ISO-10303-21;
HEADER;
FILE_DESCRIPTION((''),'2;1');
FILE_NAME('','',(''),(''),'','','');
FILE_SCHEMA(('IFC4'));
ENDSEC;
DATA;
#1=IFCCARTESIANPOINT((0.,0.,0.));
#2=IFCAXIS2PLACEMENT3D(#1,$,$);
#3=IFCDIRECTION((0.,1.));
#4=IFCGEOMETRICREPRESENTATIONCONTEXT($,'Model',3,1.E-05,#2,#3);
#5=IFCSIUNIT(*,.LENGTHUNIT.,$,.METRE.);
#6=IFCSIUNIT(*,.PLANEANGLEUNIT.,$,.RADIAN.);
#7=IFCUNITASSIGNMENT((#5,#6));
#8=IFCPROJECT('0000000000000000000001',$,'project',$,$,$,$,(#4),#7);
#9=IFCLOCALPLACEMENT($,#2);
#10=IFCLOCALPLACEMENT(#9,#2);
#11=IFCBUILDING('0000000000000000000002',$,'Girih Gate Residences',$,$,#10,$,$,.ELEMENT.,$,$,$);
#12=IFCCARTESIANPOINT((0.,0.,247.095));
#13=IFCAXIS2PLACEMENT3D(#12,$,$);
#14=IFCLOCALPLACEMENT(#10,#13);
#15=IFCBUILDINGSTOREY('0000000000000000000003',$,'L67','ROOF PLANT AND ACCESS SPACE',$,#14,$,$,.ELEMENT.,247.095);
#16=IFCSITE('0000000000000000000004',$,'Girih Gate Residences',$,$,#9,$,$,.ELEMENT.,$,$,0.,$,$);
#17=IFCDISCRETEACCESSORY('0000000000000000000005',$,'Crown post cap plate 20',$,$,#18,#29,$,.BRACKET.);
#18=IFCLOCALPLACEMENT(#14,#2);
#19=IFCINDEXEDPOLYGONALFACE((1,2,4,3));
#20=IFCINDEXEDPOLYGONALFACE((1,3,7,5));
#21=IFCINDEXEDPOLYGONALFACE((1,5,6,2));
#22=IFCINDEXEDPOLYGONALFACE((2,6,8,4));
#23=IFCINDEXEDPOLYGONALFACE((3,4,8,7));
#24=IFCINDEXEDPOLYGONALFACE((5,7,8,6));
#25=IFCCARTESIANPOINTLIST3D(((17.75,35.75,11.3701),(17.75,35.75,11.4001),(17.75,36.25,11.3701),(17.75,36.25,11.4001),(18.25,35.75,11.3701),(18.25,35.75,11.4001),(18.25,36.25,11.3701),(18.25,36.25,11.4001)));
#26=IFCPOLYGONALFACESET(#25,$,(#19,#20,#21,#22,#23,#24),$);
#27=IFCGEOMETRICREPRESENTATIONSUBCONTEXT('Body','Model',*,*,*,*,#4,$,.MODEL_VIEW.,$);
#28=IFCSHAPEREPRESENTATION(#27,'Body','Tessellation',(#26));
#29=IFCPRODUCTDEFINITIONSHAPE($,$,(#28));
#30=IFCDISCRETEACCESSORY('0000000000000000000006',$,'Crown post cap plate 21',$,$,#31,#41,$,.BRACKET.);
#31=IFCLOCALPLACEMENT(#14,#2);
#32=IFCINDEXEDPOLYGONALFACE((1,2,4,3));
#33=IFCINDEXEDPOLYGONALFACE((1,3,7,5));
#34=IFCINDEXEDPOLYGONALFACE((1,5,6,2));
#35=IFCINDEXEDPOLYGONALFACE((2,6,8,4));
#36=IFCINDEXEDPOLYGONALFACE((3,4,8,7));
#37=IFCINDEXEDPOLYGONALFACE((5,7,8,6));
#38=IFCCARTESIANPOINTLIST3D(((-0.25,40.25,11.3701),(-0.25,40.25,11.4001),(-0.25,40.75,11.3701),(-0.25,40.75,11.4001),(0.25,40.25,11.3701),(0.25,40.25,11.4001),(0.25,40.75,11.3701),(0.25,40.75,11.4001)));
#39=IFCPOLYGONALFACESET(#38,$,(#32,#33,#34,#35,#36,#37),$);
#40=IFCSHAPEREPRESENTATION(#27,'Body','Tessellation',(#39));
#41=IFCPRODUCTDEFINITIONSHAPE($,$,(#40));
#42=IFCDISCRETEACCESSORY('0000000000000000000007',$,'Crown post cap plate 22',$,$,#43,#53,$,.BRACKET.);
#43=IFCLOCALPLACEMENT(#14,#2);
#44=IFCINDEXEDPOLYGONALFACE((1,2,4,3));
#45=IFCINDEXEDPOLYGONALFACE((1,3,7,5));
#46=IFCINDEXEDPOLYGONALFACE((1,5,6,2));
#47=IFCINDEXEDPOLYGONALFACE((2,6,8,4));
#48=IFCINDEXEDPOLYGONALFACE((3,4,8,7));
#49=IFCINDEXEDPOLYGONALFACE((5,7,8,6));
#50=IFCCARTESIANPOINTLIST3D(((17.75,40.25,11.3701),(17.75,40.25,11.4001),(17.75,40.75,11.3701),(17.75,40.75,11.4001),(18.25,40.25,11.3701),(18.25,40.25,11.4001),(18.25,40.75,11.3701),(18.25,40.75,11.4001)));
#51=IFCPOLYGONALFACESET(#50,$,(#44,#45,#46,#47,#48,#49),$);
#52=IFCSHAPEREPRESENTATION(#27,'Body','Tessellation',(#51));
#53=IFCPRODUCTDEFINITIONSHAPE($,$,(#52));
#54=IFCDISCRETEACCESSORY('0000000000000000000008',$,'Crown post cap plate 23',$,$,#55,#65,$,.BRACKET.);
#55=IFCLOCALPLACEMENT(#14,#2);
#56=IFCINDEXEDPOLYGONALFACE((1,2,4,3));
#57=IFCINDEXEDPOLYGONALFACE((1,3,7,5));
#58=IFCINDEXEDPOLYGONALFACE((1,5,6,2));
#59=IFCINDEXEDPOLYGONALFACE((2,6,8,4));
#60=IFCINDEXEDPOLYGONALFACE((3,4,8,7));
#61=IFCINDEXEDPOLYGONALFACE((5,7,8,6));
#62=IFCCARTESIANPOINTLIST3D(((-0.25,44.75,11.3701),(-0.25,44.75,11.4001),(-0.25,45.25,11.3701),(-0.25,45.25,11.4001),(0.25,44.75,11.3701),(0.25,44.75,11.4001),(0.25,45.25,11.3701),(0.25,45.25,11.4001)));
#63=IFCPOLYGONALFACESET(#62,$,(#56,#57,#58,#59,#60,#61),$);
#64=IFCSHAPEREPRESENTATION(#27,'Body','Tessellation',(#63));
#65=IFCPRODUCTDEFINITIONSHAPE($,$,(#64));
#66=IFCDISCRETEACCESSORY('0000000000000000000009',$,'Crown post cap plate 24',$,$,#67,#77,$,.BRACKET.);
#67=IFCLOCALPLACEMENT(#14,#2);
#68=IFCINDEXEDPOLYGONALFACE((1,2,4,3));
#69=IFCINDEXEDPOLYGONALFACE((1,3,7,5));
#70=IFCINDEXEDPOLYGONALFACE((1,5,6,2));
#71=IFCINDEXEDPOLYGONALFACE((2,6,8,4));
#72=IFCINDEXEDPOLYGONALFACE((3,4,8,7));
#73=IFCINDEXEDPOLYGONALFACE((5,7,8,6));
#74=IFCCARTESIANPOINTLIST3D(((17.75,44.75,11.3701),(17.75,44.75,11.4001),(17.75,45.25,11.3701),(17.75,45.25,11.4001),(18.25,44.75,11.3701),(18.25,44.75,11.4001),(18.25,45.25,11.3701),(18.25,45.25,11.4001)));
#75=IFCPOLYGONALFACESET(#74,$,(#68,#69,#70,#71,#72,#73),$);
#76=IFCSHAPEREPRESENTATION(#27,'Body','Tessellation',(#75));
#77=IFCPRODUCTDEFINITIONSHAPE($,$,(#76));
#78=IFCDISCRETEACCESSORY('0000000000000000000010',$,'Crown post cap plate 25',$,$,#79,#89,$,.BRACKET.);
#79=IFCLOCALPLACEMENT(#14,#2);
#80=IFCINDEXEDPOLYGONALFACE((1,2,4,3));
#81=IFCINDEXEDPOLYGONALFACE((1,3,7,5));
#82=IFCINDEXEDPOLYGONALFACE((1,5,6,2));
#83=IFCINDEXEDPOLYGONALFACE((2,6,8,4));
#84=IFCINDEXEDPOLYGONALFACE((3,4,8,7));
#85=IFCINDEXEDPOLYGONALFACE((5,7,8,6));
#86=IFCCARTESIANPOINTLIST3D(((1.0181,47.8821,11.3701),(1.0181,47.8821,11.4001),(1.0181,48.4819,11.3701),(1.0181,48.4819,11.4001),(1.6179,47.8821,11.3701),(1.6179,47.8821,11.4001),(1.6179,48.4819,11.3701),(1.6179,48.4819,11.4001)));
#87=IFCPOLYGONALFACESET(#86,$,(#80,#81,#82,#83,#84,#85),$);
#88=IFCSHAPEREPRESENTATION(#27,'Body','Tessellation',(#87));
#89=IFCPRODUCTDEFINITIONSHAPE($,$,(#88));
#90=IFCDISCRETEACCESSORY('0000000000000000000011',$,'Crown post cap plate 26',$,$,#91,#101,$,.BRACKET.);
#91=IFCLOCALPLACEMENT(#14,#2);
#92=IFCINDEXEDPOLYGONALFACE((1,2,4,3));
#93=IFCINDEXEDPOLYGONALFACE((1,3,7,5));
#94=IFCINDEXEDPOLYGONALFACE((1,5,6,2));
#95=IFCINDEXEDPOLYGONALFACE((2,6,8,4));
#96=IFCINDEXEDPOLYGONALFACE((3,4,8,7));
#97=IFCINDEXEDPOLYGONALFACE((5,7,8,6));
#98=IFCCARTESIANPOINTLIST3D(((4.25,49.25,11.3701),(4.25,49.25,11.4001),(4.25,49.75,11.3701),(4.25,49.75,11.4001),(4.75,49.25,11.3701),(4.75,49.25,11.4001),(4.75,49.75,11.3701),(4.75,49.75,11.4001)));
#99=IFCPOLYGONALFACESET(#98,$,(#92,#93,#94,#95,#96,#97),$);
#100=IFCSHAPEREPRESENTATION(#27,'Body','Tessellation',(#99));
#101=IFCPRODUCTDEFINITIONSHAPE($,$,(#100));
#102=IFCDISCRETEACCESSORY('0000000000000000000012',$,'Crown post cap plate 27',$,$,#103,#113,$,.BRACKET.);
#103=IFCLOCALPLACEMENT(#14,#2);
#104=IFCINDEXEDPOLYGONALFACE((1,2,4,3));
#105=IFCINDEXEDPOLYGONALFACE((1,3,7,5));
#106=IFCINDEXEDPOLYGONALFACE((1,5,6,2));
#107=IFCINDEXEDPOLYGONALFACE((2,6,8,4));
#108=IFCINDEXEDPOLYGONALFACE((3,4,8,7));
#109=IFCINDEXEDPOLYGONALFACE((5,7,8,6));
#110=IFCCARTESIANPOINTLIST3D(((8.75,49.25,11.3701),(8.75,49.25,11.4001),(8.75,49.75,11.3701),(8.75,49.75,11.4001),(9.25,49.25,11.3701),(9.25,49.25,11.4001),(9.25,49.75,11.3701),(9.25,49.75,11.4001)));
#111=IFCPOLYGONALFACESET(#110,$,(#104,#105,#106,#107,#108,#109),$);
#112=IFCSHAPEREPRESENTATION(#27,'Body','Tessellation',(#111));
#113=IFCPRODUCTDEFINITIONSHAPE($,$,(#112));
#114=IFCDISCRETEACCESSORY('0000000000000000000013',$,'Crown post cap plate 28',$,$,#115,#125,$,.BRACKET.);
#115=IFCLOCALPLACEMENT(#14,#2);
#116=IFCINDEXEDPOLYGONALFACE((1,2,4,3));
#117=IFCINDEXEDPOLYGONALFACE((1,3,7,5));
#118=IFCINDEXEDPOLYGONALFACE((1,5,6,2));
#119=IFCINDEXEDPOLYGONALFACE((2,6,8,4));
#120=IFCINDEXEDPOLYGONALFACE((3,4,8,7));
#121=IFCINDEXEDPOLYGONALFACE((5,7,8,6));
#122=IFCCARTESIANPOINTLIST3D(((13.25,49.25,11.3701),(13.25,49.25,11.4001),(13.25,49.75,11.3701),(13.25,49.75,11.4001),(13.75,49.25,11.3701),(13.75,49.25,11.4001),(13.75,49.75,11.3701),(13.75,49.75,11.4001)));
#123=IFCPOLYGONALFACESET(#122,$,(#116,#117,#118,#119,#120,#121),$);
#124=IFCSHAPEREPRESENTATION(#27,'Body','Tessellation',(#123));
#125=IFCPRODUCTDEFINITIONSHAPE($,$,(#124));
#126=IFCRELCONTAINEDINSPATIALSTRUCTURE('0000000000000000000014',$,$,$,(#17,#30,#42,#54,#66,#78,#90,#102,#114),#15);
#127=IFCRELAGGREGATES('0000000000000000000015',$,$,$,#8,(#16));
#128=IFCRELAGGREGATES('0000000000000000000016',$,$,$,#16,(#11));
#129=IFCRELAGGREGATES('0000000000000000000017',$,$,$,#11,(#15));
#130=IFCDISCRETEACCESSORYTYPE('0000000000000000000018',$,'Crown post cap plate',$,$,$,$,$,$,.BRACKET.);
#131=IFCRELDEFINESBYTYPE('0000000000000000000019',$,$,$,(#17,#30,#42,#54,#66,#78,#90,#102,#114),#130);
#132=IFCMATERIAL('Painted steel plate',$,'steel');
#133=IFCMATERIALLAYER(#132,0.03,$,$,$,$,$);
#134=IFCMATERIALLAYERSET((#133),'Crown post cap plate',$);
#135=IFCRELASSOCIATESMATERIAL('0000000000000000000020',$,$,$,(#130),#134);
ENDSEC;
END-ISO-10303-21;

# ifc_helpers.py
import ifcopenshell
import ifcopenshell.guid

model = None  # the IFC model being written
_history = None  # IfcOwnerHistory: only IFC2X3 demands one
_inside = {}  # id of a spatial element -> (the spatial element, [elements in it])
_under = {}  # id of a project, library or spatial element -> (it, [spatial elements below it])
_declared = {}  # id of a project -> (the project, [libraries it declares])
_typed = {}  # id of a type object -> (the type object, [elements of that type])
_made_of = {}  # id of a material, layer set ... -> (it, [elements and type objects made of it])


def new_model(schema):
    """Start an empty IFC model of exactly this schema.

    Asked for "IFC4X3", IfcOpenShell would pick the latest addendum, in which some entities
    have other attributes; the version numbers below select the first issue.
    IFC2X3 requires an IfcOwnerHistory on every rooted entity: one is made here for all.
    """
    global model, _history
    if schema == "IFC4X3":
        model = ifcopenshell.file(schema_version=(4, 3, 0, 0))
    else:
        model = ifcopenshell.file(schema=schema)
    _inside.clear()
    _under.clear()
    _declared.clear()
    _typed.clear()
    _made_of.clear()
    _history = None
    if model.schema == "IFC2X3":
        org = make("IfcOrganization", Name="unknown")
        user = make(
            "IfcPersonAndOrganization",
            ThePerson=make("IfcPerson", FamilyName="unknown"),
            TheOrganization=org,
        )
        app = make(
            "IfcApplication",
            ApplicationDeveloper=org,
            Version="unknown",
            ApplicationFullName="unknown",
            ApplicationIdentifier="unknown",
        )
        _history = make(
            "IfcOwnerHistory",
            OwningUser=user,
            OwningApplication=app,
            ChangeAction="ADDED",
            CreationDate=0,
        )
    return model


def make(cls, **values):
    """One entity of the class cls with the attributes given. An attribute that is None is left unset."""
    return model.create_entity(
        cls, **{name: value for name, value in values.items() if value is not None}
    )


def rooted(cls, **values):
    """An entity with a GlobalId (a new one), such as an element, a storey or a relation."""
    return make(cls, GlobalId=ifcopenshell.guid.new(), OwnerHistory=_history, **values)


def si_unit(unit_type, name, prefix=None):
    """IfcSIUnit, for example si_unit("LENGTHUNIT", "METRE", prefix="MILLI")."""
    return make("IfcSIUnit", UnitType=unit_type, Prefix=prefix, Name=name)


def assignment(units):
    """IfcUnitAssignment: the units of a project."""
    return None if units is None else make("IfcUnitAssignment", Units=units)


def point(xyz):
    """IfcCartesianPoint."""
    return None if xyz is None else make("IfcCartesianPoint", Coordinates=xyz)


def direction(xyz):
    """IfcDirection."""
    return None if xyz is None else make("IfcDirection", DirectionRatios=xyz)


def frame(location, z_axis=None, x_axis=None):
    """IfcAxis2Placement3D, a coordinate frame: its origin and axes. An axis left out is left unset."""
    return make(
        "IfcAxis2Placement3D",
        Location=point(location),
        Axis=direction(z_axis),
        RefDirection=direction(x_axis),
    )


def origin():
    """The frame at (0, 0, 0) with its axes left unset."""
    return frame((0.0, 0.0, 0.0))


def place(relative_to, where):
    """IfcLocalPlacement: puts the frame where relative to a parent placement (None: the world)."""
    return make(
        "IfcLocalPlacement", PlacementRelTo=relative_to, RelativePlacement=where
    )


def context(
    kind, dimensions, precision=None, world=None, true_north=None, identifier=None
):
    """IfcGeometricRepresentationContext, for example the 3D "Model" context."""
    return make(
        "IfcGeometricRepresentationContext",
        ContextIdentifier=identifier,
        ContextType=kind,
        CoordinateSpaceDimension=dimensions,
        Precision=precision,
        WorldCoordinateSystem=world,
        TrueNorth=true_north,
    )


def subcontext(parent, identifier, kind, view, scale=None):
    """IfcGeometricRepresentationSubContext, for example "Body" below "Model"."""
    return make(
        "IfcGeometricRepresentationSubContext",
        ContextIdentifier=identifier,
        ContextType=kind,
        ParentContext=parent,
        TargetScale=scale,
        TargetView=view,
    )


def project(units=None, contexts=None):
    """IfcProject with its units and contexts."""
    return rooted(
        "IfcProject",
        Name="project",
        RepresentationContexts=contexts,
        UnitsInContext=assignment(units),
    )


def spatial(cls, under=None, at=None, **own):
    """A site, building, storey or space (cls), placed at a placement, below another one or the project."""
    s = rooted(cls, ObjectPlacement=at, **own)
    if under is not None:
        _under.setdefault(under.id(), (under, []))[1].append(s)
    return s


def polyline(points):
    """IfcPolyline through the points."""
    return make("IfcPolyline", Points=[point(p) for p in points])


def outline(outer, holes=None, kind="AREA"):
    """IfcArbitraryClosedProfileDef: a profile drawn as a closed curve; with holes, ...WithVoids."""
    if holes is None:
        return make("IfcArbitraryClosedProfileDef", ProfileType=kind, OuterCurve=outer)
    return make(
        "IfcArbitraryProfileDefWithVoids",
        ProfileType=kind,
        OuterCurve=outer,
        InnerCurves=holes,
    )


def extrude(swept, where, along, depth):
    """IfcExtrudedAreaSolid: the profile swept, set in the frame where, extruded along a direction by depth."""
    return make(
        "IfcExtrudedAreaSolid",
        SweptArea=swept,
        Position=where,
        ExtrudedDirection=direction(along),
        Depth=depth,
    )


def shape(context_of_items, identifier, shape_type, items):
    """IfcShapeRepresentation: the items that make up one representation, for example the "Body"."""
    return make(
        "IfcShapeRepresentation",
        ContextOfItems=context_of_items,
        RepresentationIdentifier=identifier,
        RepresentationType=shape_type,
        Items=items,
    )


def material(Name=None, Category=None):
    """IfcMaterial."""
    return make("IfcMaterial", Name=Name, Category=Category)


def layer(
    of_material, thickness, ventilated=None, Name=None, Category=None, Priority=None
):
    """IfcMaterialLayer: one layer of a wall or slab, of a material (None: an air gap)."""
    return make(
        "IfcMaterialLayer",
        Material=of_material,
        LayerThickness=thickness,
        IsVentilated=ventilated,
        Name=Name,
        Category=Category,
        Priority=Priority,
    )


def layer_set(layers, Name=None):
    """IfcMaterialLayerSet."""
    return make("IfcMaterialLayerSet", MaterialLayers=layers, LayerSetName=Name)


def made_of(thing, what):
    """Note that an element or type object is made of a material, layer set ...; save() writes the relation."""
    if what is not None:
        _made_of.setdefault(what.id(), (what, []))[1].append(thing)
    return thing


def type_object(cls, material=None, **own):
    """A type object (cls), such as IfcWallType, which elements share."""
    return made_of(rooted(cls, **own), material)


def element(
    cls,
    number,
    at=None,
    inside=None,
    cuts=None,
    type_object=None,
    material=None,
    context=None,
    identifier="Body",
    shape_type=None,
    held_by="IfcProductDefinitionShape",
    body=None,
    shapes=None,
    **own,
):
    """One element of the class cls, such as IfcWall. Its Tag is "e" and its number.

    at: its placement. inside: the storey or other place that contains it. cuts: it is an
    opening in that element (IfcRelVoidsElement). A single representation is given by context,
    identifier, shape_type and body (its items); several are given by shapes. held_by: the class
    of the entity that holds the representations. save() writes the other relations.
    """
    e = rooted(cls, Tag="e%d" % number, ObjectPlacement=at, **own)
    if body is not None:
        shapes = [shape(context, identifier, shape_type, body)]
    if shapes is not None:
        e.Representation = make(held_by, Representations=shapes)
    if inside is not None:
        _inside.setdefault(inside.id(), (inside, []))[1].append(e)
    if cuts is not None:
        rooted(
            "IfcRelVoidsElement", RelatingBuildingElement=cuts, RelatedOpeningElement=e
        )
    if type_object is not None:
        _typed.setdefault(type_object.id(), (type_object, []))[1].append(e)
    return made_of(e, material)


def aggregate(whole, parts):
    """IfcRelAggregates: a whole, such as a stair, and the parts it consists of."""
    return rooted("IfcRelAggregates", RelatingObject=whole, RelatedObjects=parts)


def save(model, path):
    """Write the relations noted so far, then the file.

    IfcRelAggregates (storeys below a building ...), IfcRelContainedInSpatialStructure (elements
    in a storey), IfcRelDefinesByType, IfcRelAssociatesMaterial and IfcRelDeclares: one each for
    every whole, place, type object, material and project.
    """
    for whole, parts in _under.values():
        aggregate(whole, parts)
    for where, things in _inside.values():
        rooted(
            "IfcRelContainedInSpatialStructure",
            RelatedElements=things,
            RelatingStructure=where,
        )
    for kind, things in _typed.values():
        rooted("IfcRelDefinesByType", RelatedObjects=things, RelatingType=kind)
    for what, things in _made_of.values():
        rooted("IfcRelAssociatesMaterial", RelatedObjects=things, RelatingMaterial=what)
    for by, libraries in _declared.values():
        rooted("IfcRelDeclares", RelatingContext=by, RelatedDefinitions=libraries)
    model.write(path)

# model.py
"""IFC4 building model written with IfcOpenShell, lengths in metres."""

from ifc_helpers import new_model, si_unit, direction, frame, origin, place, context, subcontext, project, spatial, polyline, outline, extrude, material, layer, layer_set, type_object, element, save


model = new_model("IFC4")

# Units and contexts
model_context = context("Model", 3, precision=1e-05, world=origin(), true_north=direction((0.0, 1.0)))
body_context = subcontext(model_context, "Body", "Model", "MODEL_VIEW")
ifc_project = project(units=[si_unit("LENGTHUNIT", "METRE"), si_unit("PLANEANGLEUNIT", "RADIAN")], contexts=[model_context])

# Site, building, storey
site_placement = place(None, origin())
site = spatial("IfcSite", under=ifc_project, at=site_placement, Name="Girih Gate Residences", CompositionType="ELEMENT", RefElevation=0.0)
building_placement = place(site_placement, origin())
building = spatial("IfcBuilding", under=site, at=building_placement, Name="Girih Gate Residences", CompositionType="ELEMENT")
storey_placement = place(building_placement, frame((0.0, 0.0, 247.095)))
storey = spatial("IfcBuildingStorey", under=building, at=storey_placement, Name="L67", Description="ROOF PLANT AND ACCESS SPACE", CompositionType="ELEMENT", Elevation=247.095)

# Discrete accessories
ifc_material = material(Name="Painted steel plate", Category="steel")
ifc_layer = layer(ifc_material, 0.03)
ifc_layer_set = layer_set([ifc_layer], Name="Crown post cap plate")
discrete_accessory_type = type_object("IfcDiscreteAccessoryType", Name="Crown post cap plate", PredefinedType="BRACKET", material=ifc_layer_set)
discrete_accessory_1_placement = place(storey_placement, frame((0.0, 0.0, 11.3701)))
element("IfcDiscreteAccessory", 1, at=discrete_accessory_1_placement, inside=storey, type_object=discrete_accessory_type, Name="Crown post cap plate 20", PredefinedType="BRACKET", context=body_context, shape_type="SweptSolid", body=[
    extrude(outline(polyline([(17.75, 35.75), (18.25, 35.75), (18.25, 36.25), (17.75, 36.25), (17.75, 35.75)])), origin(), (0.0, 0.0, 1.0), 0.03),
])
discrete_accessory_2_placement = place(storey_placement, frame((0.0, 0.0, 11.3701)))
element("IfcDiscreteAccessory", 2, at=discrete_accessory_2_placement, inside=storey, type_object=discrete_accessory_type, Name="Crown post cap plate 21", PredefinedType="BRACKET", context=body_context, shape_type="SweptSolid", body=[
    extrude(outline(polyline([(-0.25, 40.25), (0.25, 40.25), (0.25, 40.75), (-0.25, 40.75), (-0.25, 40.25)])), origin(), (0.0, 0.0, 1.0), 0.03),
])
discrete_accessory_3_placement = place(storey_placement, frame((0.0, 0.0, 11.3701)))
element("IfcDiscreteAccessory", 3, at=discrete_accessory_3_placement, inside=storey, type_object=discrete_accessory_type, Name="Crown post cap plate 22", PredefinedType="BRACKET", context=body_context, shape_type="SweptSolid", body=[
    extrude(outline(polyline([(17.75, 40.25), (18.25, 40.25), (18.25, 40.75), (17.75, 40.75), (17.75, 40.25)])), origin(), (0.0, 0.0, 1.0), 0.03),
])
discrete_accessory_4_placement = place(storey_placement, frame((0.0, 0.0, 11.3701)))
element("IfcDiscreteAccessory", 4, at=discrete_accessory_4_placement, inside=storey, type_object=discrete_accessory_type, Name="Crown post cap plate 23", PredefinedType="BRACKET", context=body_context, shape_type="SweptSolid", body=[
    extrude(outline(polyline([(-0.25, 44.75), (0.25, 44.75), (0.25, 45.25), (-0.25, 45.25), (-0.25, 44.75)])), origin(), (0.0, 0.0, 1.0), 0.03),
])
discrete_accessory_5_placement = place(storey_placement, frame((0.0, 0.0, 11.3701)))
element("IfcDiscreteAccessory", 5, at=discrete_accessory_5_placement, inside=storey, type_object=discrete_accessory_type, Name="Crown post cap plate 24", PredefinedType="BRACKET", context=body_context, shape_type="SweptSolid", body=[
    extrude(outline(polyline([(17.75, 44.75), (18.25, 44.75), (18.25, 45.25), (17.75, 45.25), (17.75, 44.75)])), origin(), (0.0, 0.0, 1.0), 0.03),
])
discrete_accessory_6_placement = place(storey_placement, frame((0.0, 0.0, 11.3701)))
element("IfcDiscreteAccessory", 6, at=discrete_accessory_6_placement, inside=storey, type_object=discrete_accessory_type, Name="Crown post cap plate 25", PredefinedType="BRACKET", context=body_context, shape_type="SweptSolid", body=[
    extrude(outline(polyline([(1.0181, 47.8821), (1.6179, 47.8821), (1.6179, 48.4819), (1.0181, 48.4819), (1.0181, 47.8821)])), origin(), (0.0, 0.0, 1.0), 0.03),
])
discrete_accessory_7_placement = place(storey_placement, frame((0.0, 0.0, 11.3701)))
element("IfcDiscreteAccessory", 7, at=discrete_accessory_7_placement, inside=storey, type_object=discrete_accessory_type, Name="Crown post cap plate 26", PredefinedType="BRACKET", context=body_context, shape_type="SweptSolid", body=[
    extrude(outline(polyline([(4.25, 49.25), (4.75, 49.25), (4.75, 49.75), (4.25, 49.75), (4.25, 49.25)])), origin(), (0.0, 0.0, 1.0), 0.03),
])
discrete_accessory_8_placement = place(storey_placement, frame((0.0, 0.0, 11.3701)))
element("IfcDiscreteAccessory", 8, at=discrete_accessory_8_placement, inside=storey, type_object=discrete_accessory_type, Name="Crown post cap plate 27", PredefinedType="BRACKET", context=body_context, shape_type="SweptSolid", body=[
    extrude(outline(polyline([(8.75, 49.25), (9.25, 49.25), (9.25, 49.75), (8.75, 49.75), (8.75, 49.25)])), origin(), (0.0, 0.0, 1.0), 0.03),
])
discrete_accessory_9_placement = place(storey_placement, frame((0.0, 0.0, 11.3701)))
element("IfcDiscreteAccessory", 9, at=discrete_accessory_9_placement, inside=storey, type_object=discrete_accessory_type, Name="Crown post cap plate 28", PredefinedType="BRACKET", context=body_context, shape_type="SweptSolid", body=[
    extrude(outline(polyline([(13.25, 49.25), (13.75, 49.25), (13.75, 49.75), (13.25, 49.75), (13.25, 49.25)])), origin(), (0.0, 0.0, 1.0), 0.03),
])

save(model, "model.ifc")
